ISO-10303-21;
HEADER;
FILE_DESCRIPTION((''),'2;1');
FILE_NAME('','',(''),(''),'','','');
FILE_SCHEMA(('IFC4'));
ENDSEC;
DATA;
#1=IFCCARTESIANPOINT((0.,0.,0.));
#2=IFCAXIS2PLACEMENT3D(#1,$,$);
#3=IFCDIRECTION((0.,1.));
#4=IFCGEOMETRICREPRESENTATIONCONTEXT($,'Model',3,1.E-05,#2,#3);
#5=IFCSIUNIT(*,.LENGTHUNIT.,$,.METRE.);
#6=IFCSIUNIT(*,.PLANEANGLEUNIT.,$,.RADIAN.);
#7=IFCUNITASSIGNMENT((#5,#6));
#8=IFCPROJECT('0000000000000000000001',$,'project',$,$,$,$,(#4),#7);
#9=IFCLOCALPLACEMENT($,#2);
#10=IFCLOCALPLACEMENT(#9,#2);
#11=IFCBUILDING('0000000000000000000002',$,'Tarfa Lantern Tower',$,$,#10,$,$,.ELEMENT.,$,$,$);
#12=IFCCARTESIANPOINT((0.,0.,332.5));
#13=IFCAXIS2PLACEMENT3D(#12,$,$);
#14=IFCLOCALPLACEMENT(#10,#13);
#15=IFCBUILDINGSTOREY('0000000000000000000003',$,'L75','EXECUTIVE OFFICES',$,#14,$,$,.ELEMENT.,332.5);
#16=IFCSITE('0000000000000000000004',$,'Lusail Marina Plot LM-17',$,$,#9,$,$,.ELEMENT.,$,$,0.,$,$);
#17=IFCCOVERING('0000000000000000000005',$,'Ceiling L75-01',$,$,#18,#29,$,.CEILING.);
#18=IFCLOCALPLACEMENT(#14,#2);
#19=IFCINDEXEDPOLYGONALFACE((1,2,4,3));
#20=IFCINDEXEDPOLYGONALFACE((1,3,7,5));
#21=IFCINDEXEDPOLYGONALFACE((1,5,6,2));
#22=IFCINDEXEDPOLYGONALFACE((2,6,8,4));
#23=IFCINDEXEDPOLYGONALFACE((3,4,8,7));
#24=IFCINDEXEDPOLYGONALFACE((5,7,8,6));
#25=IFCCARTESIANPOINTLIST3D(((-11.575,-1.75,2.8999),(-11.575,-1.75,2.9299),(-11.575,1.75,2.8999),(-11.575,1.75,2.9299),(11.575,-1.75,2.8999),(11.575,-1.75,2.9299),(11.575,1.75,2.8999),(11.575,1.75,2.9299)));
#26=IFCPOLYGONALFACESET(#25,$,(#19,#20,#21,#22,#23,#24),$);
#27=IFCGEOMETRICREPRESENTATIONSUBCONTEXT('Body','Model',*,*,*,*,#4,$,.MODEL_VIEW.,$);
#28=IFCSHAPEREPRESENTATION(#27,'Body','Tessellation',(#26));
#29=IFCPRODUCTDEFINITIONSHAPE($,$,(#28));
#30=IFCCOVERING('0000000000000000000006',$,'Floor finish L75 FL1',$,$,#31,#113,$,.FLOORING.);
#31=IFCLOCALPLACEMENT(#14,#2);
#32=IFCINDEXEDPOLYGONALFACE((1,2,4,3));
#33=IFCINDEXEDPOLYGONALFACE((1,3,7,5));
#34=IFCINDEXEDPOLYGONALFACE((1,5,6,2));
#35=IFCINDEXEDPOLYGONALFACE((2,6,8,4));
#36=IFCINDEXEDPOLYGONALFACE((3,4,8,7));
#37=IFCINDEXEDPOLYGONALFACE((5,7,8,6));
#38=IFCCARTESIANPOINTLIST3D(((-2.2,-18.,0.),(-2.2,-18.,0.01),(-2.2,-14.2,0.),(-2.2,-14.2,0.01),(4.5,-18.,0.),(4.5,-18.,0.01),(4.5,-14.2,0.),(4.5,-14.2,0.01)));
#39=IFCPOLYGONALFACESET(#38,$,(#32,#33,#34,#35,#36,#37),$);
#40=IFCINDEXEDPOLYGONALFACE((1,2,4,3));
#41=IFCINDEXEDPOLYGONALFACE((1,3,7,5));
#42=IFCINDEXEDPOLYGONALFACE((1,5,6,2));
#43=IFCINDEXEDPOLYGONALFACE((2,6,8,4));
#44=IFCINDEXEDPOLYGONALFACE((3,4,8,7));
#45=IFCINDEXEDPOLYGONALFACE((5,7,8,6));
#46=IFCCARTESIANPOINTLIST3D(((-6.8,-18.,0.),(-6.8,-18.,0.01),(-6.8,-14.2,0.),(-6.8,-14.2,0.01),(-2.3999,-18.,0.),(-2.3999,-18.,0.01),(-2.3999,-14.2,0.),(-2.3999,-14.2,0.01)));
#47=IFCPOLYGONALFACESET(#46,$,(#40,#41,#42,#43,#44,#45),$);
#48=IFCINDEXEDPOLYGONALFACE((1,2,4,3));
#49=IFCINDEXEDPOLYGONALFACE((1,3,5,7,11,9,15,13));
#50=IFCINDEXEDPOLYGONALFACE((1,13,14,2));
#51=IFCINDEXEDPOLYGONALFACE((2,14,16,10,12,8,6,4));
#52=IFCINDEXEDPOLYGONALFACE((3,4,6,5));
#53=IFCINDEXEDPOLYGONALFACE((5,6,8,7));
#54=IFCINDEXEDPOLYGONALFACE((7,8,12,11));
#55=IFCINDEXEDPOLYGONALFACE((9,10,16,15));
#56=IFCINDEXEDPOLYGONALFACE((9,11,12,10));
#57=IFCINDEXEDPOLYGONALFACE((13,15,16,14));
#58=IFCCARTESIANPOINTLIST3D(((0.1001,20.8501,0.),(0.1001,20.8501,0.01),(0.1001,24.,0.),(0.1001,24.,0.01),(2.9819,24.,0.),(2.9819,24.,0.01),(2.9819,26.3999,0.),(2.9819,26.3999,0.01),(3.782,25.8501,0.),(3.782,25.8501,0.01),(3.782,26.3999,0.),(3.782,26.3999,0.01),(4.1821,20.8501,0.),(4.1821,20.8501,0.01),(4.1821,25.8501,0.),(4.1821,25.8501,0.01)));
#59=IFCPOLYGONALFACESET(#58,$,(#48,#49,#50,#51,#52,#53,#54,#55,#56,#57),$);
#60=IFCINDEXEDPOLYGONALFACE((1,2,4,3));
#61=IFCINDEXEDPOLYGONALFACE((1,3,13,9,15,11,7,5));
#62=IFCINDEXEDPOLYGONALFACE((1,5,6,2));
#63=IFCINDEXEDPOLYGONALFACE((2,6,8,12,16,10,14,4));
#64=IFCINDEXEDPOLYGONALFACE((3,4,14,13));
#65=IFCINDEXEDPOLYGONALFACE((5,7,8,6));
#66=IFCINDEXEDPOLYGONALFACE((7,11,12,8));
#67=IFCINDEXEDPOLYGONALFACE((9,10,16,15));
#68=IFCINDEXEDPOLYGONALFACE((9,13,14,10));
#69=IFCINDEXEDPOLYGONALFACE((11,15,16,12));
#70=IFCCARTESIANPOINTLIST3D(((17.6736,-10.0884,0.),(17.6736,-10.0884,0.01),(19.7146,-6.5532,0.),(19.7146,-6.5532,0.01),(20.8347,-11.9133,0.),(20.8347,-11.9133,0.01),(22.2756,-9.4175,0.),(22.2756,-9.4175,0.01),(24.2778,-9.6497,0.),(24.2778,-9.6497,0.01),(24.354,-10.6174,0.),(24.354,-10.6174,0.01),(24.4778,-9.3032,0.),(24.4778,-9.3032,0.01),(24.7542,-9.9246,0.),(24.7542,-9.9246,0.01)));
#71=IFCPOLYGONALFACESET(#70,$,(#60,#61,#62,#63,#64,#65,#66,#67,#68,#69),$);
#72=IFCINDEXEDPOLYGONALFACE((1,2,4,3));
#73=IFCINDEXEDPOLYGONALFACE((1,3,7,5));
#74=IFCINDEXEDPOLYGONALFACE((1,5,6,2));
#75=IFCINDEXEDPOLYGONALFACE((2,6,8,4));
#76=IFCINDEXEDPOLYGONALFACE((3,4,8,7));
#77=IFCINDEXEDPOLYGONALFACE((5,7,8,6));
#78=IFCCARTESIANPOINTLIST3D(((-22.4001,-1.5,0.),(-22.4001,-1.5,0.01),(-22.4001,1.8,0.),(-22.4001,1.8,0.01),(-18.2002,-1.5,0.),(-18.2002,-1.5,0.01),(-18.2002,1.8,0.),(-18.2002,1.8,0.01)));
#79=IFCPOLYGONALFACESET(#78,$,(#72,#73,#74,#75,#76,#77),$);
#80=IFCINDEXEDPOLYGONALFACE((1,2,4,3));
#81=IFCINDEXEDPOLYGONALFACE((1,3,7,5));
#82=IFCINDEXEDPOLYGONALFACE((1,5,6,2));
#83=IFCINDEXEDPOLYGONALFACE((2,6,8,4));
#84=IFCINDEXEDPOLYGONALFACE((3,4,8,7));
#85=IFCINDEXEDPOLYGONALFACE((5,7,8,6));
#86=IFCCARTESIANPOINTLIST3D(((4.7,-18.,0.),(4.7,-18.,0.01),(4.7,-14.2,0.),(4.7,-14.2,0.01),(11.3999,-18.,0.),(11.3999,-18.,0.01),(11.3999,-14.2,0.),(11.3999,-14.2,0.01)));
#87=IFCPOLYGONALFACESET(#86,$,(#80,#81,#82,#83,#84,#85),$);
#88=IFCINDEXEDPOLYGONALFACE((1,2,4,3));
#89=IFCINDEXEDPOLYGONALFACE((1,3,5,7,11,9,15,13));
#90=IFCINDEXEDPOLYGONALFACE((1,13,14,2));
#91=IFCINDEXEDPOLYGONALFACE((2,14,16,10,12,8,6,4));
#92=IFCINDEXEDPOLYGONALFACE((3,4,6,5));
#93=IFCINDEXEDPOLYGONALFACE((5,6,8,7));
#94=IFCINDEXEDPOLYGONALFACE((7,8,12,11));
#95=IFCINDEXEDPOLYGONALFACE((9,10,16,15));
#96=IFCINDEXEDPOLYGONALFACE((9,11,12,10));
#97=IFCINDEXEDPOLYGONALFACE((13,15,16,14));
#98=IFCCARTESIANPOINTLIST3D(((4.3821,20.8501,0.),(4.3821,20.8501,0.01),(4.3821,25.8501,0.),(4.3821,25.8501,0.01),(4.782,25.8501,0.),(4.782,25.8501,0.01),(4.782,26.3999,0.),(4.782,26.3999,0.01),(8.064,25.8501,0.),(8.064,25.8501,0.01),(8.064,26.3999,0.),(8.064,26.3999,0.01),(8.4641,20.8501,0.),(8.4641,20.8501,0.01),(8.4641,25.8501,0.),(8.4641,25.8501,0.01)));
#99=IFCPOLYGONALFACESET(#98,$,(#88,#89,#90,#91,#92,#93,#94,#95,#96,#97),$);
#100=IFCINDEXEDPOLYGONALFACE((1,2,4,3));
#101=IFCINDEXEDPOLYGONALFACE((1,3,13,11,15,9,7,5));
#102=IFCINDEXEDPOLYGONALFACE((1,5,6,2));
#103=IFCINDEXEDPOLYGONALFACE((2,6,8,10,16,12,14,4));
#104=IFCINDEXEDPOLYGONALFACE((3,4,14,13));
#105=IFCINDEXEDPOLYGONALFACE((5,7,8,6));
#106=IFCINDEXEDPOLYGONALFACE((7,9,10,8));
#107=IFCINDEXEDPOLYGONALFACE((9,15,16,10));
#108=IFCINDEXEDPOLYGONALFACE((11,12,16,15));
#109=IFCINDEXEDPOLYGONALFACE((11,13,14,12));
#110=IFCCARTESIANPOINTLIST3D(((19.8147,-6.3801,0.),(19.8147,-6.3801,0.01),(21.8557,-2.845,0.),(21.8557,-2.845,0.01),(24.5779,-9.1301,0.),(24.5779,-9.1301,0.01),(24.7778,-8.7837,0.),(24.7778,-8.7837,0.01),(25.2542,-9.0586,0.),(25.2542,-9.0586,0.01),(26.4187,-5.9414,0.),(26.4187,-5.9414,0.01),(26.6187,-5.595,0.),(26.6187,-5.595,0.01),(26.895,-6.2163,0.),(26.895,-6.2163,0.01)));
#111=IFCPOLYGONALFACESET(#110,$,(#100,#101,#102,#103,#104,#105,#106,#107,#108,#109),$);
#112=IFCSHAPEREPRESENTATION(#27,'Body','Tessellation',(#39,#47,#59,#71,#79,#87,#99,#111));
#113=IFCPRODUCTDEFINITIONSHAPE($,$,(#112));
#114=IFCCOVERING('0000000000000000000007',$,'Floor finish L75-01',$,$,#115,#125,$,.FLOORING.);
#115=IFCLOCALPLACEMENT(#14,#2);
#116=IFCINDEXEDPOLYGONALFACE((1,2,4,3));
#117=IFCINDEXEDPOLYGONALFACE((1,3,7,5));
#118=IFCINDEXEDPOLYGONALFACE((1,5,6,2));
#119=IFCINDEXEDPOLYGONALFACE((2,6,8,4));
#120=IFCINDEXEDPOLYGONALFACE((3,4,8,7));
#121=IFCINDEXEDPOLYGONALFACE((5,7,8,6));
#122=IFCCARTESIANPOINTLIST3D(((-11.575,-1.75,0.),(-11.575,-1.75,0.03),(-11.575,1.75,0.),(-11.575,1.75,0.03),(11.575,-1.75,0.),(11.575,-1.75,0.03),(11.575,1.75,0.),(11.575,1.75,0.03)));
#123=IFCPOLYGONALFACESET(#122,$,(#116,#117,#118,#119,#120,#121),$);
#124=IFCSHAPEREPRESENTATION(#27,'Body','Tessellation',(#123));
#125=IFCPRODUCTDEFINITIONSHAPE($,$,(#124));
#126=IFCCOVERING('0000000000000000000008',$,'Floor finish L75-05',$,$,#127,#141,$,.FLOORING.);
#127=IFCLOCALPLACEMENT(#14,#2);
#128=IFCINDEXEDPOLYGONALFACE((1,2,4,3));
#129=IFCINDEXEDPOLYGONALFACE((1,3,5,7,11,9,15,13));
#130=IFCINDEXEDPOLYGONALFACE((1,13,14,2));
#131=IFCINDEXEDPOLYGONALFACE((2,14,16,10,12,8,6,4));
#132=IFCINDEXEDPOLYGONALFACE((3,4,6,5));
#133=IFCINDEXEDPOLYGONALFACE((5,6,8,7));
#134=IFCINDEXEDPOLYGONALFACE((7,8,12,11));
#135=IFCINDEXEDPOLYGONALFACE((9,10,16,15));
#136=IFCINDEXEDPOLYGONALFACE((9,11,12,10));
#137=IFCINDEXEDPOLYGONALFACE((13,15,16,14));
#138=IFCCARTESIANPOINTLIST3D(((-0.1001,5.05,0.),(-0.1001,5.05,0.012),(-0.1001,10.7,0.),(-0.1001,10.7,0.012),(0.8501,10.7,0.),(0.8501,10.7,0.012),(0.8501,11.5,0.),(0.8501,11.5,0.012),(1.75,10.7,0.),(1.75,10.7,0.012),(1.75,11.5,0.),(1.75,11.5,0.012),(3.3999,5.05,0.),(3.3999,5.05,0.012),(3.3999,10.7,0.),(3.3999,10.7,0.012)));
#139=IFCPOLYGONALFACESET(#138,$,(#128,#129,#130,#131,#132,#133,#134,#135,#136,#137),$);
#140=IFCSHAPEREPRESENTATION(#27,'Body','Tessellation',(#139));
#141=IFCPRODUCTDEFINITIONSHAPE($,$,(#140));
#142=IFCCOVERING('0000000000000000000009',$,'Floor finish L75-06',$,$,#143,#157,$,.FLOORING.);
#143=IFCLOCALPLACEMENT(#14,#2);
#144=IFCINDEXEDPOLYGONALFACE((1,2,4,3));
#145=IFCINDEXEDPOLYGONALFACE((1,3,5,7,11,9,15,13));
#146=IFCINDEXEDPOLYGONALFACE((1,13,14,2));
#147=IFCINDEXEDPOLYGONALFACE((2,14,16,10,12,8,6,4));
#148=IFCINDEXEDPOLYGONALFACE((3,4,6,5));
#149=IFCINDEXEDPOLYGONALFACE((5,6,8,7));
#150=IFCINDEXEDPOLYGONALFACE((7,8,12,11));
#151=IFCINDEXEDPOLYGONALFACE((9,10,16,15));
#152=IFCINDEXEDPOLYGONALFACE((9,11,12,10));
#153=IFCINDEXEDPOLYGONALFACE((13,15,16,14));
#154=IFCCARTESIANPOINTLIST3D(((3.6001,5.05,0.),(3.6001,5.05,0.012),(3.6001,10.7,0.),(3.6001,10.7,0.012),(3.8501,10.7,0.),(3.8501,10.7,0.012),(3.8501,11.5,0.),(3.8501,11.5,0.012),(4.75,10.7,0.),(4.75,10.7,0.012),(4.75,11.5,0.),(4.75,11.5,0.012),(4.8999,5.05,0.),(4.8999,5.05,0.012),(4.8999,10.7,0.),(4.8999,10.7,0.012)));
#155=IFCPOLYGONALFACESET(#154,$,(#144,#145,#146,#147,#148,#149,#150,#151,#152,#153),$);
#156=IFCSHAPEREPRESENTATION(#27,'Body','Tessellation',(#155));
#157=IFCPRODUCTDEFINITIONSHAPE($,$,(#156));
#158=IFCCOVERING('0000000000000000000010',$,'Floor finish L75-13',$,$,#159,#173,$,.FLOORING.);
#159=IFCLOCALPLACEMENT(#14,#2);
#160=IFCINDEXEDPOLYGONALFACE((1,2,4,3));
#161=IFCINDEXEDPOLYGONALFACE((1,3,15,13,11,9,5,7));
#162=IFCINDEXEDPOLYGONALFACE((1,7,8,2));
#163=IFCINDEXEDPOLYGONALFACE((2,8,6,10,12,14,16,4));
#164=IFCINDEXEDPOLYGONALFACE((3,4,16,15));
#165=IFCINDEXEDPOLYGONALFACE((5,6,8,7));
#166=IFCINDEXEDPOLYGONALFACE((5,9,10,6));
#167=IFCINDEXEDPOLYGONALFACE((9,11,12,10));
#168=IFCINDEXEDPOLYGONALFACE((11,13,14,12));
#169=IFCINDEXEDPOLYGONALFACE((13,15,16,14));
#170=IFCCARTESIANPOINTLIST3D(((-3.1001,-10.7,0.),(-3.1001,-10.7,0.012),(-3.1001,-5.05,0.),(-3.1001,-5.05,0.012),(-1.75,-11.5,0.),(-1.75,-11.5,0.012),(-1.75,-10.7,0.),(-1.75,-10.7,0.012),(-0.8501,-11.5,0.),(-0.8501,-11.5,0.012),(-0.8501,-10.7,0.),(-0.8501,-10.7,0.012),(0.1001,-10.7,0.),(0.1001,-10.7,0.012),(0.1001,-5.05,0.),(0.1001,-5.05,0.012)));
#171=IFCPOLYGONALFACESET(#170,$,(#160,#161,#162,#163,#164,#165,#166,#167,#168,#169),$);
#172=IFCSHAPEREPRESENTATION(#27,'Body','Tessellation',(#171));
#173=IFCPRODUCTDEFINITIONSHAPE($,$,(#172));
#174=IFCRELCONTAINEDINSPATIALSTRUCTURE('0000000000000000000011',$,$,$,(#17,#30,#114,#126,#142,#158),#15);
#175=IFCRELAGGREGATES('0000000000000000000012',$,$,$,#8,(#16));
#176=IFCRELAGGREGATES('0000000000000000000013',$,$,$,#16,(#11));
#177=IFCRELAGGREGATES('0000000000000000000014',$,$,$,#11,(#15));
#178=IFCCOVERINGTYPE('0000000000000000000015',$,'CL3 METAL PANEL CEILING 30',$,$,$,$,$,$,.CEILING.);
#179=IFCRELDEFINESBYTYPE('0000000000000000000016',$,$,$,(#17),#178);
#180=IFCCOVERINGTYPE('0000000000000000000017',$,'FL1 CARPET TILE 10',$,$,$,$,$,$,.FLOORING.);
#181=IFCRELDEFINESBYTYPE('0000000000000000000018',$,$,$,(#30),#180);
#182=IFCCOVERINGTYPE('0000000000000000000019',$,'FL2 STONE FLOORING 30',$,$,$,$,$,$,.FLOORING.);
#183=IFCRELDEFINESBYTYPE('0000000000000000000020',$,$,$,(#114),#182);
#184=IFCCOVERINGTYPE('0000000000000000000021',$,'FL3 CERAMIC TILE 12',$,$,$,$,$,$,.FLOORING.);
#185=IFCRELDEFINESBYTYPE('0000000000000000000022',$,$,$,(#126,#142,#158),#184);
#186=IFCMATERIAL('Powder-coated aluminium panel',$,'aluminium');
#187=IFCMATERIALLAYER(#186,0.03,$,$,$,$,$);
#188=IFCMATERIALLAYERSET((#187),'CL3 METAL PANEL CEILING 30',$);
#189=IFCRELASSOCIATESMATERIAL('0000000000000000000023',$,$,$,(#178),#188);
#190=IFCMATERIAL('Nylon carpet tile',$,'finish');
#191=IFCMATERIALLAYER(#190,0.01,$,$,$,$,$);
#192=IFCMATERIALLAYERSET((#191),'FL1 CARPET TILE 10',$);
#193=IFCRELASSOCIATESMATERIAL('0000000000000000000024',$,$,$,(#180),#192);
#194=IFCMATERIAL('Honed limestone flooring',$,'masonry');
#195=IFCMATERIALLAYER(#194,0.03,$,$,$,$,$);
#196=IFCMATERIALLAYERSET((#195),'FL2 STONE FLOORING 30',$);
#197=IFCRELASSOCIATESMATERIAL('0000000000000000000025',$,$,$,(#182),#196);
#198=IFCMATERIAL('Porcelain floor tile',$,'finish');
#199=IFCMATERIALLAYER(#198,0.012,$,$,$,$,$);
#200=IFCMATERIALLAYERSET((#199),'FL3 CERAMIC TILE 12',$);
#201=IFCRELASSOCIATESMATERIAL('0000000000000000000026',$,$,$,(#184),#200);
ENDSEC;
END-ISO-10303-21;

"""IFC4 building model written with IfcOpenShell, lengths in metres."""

from ifc_helpers import new_model, si_unit, direction, frame, origin, place, context, subcontext, project, spatial, polyline, outline, extrude, material, layer, layer_set, type_object, element, save


model = new_model("IFC4")

# Units and contexts
model_context = context("Model", 3, precision=1e-05, world=origin(), true_north=direction((0.0, 1.0)))
body_context = subcontext(model_context, "Body", "Model", "MODEL_VIEW")
ifc_project = project(units=[si_unit("LENGTHUNIT", "METRE"), si_unit("PLANEANGLEUNIT", "RADIAN")], contexts=[model_context])

# Site, building, storey
site_placement = place(None, origin())
site = spatial("IfcSite", under=ifc_project, at=site_placement, Name="Lusail Marina Plot LM-17", CompositionType="ELEMENT", RefElevation=0.0)
building_placement = place(site_placement, origin())
building = spatial("IfcBuilding", under=site, at=building_placement, Name="Tarfa Lantern Tower", CompositionType="ELEMENT")
storey_placement = place(building_placement, frame((0.0, 0.0, 332.5)))
storey = spatial("IfcBuildingStorey", under=building, at=storey_placement, Name="L75", Description="EXECUTIVE OFFICES", CompositionType="ELEMENT", Elevation=332.5)

# Coverings
ifc_material_1 = material(Name="Powder-coated aluminium panel", Category="aluminium")
ifc_layer_1 = layer(ifc_material_1, 0.03)
ifc_layer_set_1 = layer_set([ifc_layer_1], Name="CL3 METAL PANEL CEILING 30")
covering_type_1 = type_object("IfcCoveringType", Name="CL3 METAL PANEL CEILING 30", PredefinedType="CEILING", material=ifc_layer_set_1)
covering_1_placement = place(storey_placement, frame((0.0, 0.0, 2.8999)))
element("IfcCovering", 1, at=covering_1_placement, inside=storey, type_object=covering_type_1, Name="Ceiling L75-01", PredefinedType="CEILING", context=body_context, shape_type="SweptSolid", body=[
    extrude(outline(polyline([(-11.575, -1.75), (11.575, -1.75), (11.575, 1.75), (-11.575, 1.75), (-11.575, -1.75)])), origin(), (0.0, 0.0, 1.0), 0.03),
])
ifc_material_2 = material(Name="Nylon carpet tile", Category="finish")
ifc_layer_2 = layer(ifc_material_2, 0.01)
ifc_layer_set_2 = layer_set([ifc_layer_2], Name="FL1 CARPET TILE 10")
covering_type_2 = type_object("IfcCoveringType", Name="FL1 CARPET TILE 10", PredefinedType="FLOORING", material=ifc_layer_set_2)
covering_2_placement = place(storey_placement, origin())
element("IfcCovering", 2, at=covering_2_placement, inside=storey, type_object=covering_type_2, Name="Floor finish L75 FL1", PredefinedType="FLOORING", context=body_context, shape_type="SweptSolid", body=[
    extrude(outline(polyline([(-2.2, -14.2), (4.5, -14.2), (4.5, -18.0), (-2.2, -18.0), (-2.2, -14.2)])), origin(), (0.0, 0.0, 1.0), 0.01),
    extrude(outline(polyline([(-6.8, -14.2), (-2.3999, -14.2), (-2.3999, -18.0), (-6.8, -18.0), (-6.8, -14.2)])), origin(), (0.0, 0.0, 1.0), 0.01),
    extrude(outline(polyline([(4.1821, 20.8501), (0.1001, 20.8501), (0.1001, 24.0), (2.9819, 24.0), (2.9819, 26.3999), (3.782, 26.3999), (3.782, 25.8501), (4.1821, 25.8501), (4.1821, 20.8501)])), origin(), (0.0, 0.0, 1.0), 0.01),
    extrude(outline(polyline([(19.7146, -6.5532), (24.4778, -9.3032), (24.2778, -9.6497), (24.7542, -9.9246), (24.354, -10.6174), (22.2756, -9.4175), (20.8347, -11.9133), (17.6736, -10.0884), (19.7146, -6.5532)])), origin(), (0.0, 0.0, 1.0), 0.01),
    extrude(outline(polyline([(-22.4001, 1.8), (-18.2002, 1.8), (-18.2002, -1.5), (-22.4001, -1.5), (-22.4001, 1.8)])), origin(), (0.0, 0.0, 1.0), 0.01),
    extrude(outline(polyline([(4.7, -14.2), (11.3999, -14.2), (11.3999, -18.0), (4.7, -18.0), (4.7, -14.2)])), origin(), (0.0, 0.0, 1.0), 0.01),
    extrude(outline(polyline([(8.4641, 20.8501), (4.3821, 20.8501), (4.3821, 25.8501), (4.782, 25.8501), (4.782, 26.3999), (8.064, 26.3999), (8.064, 25.8501), (8.4641, 25.8501), (8.4641, 20.8501)])), origin(), (0.0, 0.0, 1.0), 0.01),
    extrude(outline(polyline([(21.8557, -2.845), (26.6187, -5.595), (26.4187, -5.9414), (26.895, -6.2163), (25.2542, -9.0586), (24.7778, -8.7837), (24.5779, -9.1301), (19.8147, -6.3801), (21.8557, -2.845)])), origin(), (0.0, 0.0, 1.0), 0.01),
])
ifc_material_3 = material(Name="Honed limestone flooring", Category="masonry")
ifc_layer_3 = layer(ifc_material_3, 0.03)
ifc_layer_set_3 = layer_set([ifc_layer_3], Name="FL2 STONE FLOORING 30")
covering_type_3 = type_object("IfcCoveringType", Name="FL2 STONE FLOORING 30", PredefinedType="FLOORING", material=ifc_layer_set_3)
covering_3_placement = place(storey_placement, origin())
element("IfcCovering", 3, at=covering_3_placement, inside=storey, type_object=covering_type_3, Name="Floor finish L75-01", PredefinedType="FLOORING", context=body_context, shape_type="SweptSolid", body=[
    extrude(outline(polyline([(-11.575, -1.75), (11.575, -1.75), (11.575, 1.75), (-11.575, 1.75), (-11.575, -1.75)])), origin(), (0.0, 0.0, 1.0), 0.03),
])
ifc_material_4 = material(Name="Porcelain floor tile", Category="finish")
ifc_layer_4 = layer(ifc_material_4, 0.012)
ifc_layer_set_4 = layer_set([ifc_layer_4], Name="FL3 CERAMIC TILE 12")
covering_type_4 = type_object("IfcCoveringType", Name="FL3 CERAMIC TILE 12", PredefinedType="FLOORING", material=ifc_layer_set_4)
covering_4_placement = place(storey_placement, origin())
element("IfcCovering", 4, at=covering_4_placement, inside=storey, type_object=covering_type_4, Name="Floor finish L75-05", PredefinedType="FLOORING", context=body_context, shape_type="SweptSolid", body=[
    extrude(outline(polyline([(0.8501, 10.7), (-0.1001, 10.7), (-0.1001, 5.05), (3.3999, 5.05), (3.3999, 10.7), (1.75, 10.7), (1.75, 11.5), (0.8501, 11.5), (0.8501, 11.5), (0.8501, 10.7)])), origin(), (0.0, 0.0, 1.0), 0.012),
])
covering_5_placement = place(storey_placement, origin())
element("IfcCovering", 5, at=covering_5_placement, inside=storey, type_object=covering_type_4, Name="Floor finish L75-06", PredefinedType="FLOORING", context=body_context, shape_type="SweptSolid", body=[
    extrude(outline(polyline([(3.6001, 5.05), (4.8999, 5.05), (4.8999, 10.7), (4.75, 10.7), (4.75, 11.5), (3.8501, 11.5), (3.8501, 10.7), (3.6001, 10.7), (3.6001, 5.05)])), origin(), (0.0, 0.0, 1.0), 0.012),
])
covering_6_placement = place(storey_placement, origin())
element("IfcCovering", 6, at=covering_6_placement, inside=storey, type_object=covering_type_4, Name="Floor finish L75-13", PredefinedType="FLOORING", context=body_context, shape_type="SweptSolid", body=[
    extrude(outline(polyline([(-0.8501, -10.7), (0.1001, -10.7), (0.1001, -5.05), (-3.1001, -5.05), (-3.1001, -10.7), (-1.75, -10.7), (-1.75, -11.5), (-0.8501, -11.5), (-0.8501, -10.7)])), origin(), (0.0, 0.0, 1.0), 0.012),
])

save(model, "model.ifc")
